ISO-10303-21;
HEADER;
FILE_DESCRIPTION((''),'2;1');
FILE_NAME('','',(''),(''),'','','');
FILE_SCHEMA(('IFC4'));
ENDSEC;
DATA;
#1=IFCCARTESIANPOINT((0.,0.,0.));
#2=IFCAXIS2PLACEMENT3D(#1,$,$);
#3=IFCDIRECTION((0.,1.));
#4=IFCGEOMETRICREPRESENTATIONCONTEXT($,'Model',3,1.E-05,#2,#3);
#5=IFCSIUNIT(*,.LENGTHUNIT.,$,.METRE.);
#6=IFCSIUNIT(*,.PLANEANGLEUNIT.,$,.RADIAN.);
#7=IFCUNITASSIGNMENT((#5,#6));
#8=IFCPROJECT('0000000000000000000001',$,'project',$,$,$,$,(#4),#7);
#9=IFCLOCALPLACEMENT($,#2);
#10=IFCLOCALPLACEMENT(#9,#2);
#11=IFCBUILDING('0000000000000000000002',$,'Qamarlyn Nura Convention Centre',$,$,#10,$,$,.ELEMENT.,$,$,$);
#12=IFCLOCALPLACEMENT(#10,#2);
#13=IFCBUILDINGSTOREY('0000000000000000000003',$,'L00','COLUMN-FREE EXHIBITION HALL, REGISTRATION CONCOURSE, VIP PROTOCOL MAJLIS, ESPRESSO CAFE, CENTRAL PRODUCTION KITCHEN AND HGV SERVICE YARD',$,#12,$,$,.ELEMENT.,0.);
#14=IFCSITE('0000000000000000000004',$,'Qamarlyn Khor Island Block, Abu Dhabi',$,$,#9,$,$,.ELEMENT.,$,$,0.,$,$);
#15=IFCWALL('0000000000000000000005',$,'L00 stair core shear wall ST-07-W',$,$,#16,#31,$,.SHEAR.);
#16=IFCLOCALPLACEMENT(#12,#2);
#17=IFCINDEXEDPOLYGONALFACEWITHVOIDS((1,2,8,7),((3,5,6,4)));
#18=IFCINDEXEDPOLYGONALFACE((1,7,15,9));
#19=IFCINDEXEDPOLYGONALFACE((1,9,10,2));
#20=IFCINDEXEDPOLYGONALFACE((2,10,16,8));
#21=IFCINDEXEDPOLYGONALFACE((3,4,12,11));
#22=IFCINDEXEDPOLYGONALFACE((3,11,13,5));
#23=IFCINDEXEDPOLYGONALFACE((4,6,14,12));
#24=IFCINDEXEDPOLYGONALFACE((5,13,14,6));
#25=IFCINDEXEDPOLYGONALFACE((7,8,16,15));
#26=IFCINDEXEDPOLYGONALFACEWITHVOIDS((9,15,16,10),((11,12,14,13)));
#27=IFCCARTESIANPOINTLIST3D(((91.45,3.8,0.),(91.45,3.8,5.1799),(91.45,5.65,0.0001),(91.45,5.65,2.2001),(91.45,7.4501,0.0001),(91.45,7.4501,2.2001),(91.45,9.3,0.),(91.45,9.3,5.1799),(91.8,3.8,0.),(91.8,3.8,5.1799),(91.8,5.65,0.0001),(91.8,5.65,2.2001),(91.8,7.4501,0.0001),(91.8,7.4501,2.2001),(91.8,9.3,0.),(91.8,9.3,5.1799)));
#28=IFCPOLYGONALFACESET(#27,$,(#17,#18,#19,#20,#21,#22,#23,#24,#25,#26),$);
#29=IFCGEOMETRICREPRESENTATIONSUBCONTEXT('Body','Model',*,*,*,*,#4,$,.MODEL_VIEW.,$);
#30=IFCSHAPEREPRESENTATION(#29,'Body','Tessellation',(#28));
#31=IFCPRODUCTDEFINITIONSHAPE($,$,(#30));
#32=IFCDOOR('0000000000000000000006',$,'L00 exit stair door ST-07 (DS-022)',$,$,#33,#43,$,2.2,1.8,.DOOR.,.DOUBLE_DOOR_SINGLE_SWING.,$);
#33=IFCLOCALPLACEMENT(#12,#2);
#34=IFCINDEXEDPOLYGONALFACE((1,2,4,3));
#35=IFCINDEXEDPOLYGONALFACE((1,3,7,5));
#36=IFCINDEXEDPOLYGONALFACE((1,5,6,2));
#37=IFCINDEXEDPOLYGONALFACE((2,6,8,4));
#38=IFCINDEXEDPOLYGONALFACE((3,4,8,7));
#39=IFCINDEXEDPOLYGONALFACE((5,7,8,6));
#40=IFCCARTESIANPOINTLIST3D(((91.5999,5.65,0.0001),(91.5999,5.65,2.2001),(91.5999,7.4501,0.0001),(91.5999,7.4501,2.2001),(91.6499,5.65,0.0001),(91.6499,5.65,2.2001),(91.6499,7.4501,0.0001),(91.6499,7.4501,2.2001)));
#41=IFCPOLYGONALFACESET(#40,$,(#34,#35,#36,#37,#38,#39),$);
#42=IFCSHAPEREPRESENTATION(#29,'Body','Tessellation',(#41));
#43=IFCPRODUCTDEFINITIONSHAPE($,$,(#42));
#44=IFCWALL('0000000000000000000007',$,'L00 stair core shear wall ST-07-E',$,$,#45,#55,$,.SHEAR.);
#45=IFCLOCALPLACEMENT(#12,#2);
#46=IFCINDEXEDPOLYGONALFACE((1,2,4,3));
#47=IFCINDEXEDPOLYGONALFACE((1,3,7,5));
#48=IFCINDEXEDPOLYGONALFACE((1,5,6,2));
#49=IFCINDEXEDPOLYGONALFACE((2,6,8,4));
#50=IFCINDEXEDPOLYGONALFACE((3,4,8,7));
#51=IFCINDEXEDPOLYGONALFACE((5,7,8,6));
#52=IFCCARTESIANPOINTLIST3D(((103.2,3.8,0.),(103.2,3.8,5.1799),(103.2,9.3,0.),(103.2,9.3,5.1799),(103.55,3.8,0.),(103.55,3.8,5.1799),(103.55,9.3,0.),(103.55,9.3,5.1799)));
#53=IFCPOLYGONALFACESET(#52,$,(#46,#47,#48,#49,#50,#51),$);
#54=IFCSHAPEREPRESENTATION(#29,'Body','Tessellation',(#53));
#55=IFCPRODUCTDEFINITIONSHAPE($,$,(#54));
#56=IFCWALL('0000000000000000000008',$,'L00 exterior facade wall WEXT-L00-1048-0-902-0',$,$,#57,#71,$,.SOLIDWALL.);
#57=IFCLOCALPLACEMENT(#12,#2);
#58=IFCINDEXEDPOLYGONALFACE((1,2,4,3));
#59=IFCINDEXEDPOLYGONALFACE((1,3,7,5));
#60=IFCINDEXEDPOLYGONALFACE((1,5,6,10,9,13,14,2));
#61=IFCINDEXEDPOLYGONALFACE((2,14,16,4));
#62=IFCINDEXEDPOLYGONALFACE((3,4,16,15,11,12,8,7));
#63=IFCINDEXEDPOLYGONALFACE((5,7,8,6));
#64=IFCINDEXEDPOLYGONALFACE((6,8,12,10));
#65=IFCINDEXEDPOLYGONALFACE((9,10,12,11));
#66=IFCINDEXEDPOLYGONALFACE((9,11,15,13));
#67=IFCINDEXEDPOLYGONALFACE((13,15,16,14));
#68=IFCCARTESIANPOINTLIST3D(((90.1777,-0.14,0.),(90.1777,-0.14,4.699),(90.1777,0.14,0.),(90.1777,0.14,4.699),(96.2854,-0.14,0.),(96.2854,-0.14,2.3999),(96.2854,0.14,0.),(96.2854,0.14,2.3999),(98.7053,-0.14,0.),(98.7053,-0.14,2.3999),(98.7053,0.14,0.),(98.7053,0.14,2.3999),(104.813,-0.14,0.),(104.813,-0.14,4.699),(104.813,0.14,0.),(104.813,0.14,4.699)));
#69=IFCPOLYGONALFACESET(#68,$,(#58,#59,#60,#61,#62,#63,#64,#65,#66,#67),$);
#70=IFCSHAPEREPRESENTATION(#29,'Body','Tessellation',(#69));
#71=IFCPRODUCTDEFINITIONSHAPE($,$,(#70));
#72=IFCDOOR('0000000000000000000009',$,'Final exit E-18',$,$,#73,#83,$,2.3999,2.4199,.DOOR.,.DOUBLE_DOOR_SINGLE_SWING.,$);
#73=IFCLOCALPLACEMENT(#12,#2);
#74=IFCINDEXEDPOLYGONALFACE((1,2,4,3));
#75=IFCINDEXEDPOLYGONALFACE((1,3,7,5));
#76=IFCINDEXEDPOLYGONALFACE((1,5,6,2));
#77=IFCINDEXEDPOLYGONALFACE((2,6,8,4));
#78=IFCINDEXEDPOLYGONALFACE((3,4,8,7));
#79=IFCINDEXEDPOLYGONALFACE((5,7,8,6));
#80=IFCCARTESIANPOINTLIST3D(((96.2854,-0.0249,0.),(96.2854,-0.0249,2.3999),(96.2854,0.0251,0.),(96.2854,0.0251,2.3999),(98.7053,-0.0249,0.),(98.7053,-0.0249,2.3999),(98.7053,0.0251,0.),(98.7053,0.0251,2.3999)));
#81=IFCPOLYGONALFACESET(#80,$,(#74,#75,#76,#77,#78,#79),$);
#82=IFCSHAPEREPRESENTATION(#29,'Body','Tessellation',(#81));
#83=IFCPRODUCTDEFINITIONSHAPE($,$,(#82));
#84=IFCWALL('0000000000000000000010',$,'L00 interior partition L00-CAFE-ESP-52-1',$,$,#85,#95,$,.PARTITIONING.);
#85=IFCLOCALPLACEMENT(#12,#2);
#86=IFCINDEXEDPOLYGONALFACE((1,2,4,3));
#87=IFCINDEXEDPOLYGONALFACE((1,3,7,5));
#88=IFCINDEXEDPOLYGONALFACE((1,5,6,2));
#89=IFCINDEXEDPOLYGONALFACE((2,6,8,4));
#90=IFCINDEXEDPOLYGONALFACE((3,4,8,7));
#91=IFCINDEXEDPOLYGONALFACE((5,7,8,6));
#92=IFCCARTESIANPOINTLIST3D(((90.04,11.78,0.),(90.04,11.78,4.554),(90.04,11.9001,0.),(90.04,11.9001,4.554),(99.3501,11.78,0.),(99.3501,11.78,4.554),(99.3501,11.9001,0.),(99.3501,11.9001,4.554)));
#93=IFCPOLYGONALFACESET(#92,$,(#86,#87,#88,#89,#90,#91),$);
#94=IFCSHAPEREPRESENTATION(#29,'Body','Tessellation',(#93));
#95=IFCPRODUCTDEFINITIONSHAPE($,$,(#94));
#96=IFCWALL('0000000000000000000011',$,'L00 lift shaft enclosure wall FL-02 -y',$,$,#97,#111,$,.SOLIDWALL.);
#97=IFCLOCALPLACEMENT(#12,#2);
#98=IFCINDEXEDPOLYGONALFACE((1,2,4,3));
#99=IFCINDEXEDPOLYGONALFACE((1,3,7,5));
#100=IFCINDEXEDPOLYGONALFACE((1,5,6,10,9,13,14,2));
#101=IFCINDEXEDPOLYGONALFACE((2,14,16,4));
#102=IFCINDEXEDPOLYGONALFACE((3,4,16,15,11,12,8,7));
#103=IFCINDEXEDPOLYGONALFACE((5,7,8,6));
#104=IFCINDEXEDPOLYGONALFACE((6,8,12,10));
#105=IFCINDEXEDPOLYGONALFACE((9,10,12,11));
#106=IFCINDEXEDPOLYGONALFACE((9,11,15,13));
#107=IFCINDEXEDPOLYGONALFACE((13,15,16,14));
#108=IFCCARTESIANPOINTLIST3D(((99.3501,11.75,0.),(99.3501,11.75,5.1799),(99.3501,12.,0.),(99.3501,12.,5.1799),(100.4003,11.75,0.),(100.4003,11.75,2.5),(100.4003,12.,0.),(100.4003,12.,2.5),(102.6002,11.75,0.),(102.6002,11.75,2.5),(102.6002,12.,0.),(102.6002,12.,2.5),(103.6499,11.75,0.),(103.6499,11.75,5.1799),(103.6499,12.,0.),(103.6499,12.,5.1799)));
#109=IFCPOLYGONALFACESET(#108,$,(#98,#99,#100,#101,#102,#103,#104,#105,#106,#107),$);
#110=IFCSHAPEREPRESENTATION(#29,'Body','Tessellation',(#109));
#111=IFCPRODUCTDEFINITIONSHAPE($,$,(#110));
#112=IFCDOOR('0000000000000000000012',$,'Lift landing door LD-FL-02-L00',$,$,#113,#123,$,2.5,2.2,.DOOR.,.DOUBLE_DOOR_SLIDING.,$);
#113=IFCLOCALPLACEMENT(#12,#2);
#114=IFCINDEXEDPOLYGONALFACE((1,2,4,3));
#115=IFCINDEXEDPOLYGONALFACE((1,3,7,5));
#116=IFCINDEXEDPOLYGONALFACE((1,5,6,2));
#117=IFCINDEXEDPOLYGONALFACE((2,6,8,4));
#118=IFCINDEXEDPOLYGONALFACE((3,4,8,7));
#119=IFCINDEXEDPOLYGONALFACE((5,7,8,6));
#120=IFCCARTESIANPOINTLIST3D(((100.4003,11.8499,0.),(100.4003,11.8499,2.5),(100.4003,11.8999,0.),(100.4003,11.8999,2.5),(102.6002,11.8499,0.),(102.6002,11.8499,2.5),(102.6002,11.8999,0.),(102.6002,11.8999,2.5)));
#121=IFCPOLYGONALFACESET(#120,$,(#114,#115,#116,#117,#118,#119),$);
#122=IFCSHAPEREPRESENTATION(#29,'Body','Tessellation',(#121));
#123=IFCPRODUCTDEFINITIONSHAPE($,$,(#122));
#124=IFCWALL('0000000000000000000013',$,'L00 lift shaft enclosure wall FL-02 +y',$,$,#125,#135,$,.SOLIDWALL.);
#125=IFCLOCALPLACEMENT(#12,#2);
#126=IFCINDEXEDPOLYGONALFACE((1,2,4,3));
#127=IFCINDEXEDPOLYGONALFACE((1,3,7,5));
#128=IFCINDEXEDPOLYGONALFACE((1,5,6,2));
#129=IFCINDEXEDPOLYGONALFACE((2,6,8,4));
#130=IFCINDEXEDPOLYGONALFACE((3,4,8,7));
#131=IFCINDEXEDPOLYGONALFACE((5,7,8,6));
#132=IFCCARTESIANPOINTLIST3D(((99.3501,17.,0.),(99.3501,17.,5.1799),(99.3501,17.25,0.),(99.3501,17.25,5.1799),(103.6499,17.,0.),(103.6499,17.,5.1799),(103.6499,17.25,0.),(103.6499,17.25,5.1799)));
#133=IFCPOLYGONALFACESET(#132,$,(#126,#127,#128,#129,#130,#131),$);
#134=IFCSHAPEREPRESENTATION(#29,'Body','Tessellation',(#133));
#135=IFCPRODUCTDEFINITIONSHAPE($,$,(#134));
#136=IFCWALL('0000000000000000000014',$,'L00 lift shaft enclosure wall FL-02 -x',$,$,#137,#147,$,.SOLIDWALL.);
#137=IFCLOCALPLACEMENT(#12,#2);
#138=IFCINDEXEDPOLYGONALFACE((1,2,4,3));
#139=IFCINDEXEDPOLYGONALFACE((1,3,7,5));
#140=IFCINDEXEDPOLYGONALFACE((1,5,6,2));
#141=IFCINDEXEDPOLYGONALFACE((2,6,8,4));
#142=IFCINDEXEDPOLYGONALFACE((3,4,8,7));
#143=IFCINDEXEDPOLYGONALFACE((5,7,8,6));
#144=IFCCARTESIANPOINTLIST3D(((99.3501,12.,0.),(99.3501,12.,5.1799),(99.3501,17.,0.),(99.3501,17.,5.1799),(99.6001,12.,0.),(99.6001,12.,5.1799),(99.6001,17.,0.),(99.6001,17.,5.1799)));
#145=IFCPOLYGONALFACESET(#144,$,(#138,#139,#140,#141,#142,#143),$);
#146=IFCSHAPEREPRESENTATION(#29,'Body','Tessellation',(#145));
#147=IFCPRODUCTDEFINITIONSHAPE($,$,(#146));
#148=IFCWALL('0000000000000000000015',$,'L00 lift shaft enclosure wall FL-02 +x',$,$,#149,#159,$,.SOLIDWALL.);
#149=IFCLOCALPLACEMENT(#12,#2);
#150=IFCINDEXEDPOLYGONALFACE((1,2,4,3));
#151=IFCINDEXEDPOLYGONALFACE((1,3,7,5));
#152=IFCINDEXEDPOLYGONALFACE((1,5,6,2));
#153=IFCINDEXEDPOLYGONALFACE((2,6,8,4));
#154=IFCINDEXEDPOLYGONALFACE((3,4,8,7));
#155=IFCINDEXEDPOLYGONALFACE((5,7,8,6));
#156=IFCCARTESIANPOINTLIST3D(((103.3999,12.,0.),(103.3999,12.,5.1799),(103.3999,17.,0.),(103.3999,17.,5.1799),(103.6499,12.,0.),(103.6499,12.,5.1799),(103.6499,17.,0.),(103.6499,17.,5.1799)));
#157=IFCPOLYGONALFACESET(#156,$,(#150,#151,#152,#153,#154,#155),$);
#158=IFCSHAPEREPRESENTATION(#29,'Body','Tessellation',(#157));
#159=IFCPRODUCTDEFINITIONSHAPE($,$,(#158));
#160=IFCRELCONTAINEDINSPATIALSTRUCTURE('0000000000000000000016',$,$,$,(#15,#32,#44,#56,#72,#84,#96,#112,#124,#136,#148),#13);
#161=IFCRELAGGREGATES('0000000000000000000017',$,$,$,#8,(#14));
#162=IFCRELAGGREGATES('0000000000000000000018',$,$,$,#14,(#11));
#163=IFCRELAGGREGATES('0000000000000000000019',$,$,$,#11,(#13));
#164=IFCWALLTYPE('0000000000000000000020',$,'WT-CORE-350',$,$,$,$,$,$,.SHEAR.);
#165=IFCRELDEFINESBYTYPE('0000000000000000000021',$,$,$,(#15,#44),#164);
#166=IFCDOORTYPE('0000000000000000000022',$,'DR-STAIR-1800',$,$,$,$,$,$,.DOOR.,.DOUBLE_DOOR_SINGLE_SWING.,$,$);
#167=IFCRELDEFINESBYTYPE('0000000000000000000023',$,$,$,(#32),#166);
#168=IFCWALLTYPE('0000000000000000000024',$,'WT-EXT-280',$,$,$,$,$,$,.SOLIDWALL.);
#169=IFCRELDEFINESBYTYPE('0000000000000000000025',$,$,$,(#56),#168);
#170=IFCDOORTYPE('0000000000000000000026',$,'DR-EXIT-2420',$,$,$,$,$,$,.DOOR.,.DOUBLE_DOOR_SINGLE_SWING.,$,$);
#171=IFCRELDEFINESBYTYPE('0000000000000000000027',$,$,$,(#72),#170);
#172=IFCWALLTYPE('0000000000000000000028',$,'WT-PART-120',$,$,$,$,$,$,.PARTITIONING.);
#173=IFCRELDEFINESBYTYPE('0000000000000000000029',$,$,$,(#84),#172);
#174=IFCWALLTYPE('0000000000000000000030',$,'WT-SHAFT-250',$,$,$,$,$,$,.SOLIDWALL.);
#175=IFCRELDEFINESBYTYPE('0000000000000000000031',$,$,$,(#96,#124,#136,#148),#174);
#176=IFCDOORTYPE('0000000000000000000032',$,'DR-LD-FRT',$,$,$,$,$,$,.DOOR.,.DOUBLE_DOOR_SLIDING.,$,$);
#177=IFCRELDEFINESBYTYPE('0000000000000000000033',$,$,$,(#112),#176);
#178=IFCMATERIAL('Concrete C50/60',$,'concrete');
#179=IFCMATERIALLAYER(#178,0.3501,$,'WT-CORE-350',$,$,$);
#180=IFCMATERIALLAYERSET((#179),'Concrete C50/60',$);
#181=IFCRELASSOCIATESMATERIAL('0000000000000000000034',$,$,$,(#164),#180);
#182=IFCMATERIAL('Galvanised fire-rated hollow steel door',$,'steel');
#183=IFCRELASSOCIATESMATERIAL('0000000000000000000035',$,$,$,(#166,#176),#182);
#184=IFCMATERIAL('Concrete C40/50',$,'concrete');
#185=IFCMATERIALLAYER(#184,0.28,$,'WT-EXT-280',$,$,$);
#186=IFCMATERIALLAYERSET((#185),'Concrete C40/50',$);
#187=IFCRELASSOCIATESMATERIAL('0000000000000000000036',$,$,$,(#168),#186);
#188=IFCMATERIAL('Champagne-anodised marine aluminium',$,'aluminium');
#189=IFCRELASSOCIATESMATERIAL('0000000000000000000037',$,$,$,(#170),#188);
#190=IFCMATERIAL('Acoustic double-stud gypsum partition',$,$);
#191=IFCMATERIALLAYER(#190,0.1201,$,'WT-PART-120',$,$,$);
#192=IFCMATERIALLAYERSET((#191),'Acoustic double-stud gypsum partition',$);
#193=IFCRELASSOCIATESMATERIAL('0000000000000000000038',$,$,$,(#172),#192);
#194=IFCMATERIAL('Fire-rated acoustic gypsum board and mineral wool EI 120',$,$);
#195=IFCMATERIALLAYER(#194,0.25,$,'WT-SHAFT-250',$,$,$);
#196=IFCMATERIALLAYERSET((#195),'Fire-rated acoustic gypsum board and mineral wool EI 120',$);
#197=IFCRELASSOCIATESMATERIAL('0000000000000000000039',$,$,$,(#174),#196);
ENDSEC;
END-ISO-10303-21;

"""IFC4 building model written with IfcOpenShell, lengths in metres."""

from ifc_helpers import new_model, si_unit, direction, frame, frame_2d, origin, place, context, subcontext, project, spatial, rectangle, extrude, material, layer, layer_set, type_object, element, fill, save


model = new_model("IFC4")

# Units and contexts
model_context = context("Model", 3, precision=1e-05, world=origin(), true_north=direction((0.0, 1.0)))
body_context = subcontext(model_context, "Body", "Model", "MODEL_VIEW")
ifc_project = project(units=[si_unit("LENGTHUNIT", "METRE"), si_unit("PLANEANGLEUNIT", "RADIAN")], contexts=[model_context])

# Site, building, storey
site_placement = place(None, origin())
site = spatial("IfcSite", under=ifc_project, at=site_placement, Name="Qamarlyn Khor Island Block, Abu Dhabi", CompositionType="ELEMENT", RefElevation=0.0)
building_placement = place(site_placement, origin())
building = spatial("IfcBuilding", under=site, at=building_placement, Name="Qamarlyn Nura Convention Centre", CompositionType="ELEMENT")
storey_placement = place(building_placement, origin())
storey = spatial("IfcBuildingStorey", under=building, at=storey_placement, Name="L00", Description="COLUMN-FREE EXHIBITION HALL, REGISTRATION CONCOURSE, VIP PROTOCOL MAJLIS, ESPRESSO CAFE, CENTRAL PRODUCTION KITCHEN AND HGV SERVICE YARD", CompositionType="ELEMENT", Elevation=0.0)

# Shared definitions
ifc_material_1 = material(Name="Concrete C50/60", Category="concrete")
ifc_layer_1 = layer(ifc_material_1, 0.3501, Name="WT-CORE-350")
ifc_layer_set_1 = layer_set([ifc_layer_1], Name="Concrete C50/60")
wall_type_1 = type_object("IfcWallType", Name="WT-CORE-350", PredefinedType="SHEAR", material=ifc_layer_set_1)

# Wall, opening, door
wall_1_placement = place(storey_placement, frame((91.625, 9.3, 0.0), z_axis=(0.0, 0.0, 1.0), x_axis=(0.0, -1.0, 0.0)))
wall_1 = element("IfcWall", 1, at=wall_1_placement, inside=storey, type_object=wall_type_1, Name="L00 stair core shear wall ST-07-W", PredefinedType="SHEAR", context=body_context, shape_type="SweptSolid", body=[
    extrude(rectangle(XDim=5.5, YDim=0.3501, at=frame_2d((2.75, 0.0))), origin(), (0.0, 0.0, 1.0), 5.1799),
])
opening_1_placement = place(wall_1_placement, frame((1.8501, 0.0, 0.0)))
opening_1 = element("IfcOpeningElement", 2, at=opening_1_placement, cuts=wall_1, PredefinedType="OPENING", context=body_context, shape_type="SweptSolid", body=[
    extrude(rectangle(XDim=1.8, YDim=2.2, at=frame_2d((0.8999, 1.1001))), frame((0.0, 0.1851, 0.0), z_axis=(0.0, -1.0, 0.0), x_axis=(1.0, 0.0, 0.0)), (0.0, 0.0, 1.0), 0.3701),
])
ifc_material_2 = material(Name="Galvanised fire-rated hollow steel door", Category="steel")
door_type_1 = type_object("IfcDoorType", Name="DR-STAIR-1800", OperationType="DOUBLE_DOOR_SINGLE_SWING", PredefinedType="DOOR", material=ifc_material_2)
door_1_placement = place(opening_1_placement, origin())
door_1 = element("IfcDoor", 3, at=door_1_placement, inside=storey, type_object=door_type_1, Name="L00 exit stair door ST-07 (DS-022)", OperationType="DOUBLE_DOOR_SINGLE_SWING", OverallHeight=2.2, OverallWidth=1.8, PredefinedType="DOOR", context=body_context, shape_type="SweptSolid", body=[
    extrude(rectangle(XDim=1.8, YDim=2.2, at=frame_2d((0.8999, 1.1001))), frame((0.0, 0.0249, 0.0), z_axis=(0.0, -1.0, 0.0), x_axis=(1.0, 0.0, 0.0)), (0.0, 0.0, 1.0), 0.05),
])
fill(opening_1, door_1)

# Wall
wall_2_placement = place(storey_placement, frame((103.375, 3.8, 0.0), z_axis=(0.0, 0.0, 1.0), x_axis=(0.0, 1.0, 0.0)))
element("IfcWall", 4, at=wall_2_placement, inside=storey, type_object=wall_type_1, Name="L00 stair core shear wall ST-07-E", PredefinedType="SHEAR", context=body_context, shape_type="SweptSolid", body=[
    extrude(rectangle(XDim=5.5, YDim=0.3501, at=frame_2d((2.75, 0.0))), origin(), (0.0, 0.0, 1.0), 5.1799),
])

# Wall, opening, door
ifc_material_3 = material(Name="Concrete C40/50", Category="concrete")
ifc_layer_2 = layer(ifc_material_3, 0.28, Name="WT-EXT-280")
ifc_layer_set_2 = layer_set([ifc_layer_2], Name="Concrete C40/50")
wall_type_2 = type_object("IfcWallType", Name="WT-EXT-280", PredefinedType="SOLIDWALL", material=ifc_layer_set_2)
wall_3_placement = place(storey_placement, frame((104.813, 0.0, 0.0), z_axis=(0.0, 0.0, 1.0), x_axis=(-1.0, 0.0, 0.0)))
wall_3 = element("IfcWall", 5, at=wall_3_placement, inside=storey, type_object=wall_type_2, Name="L00 exterior facade wall WEXT-L00-1048-0-902-0", PredefinedType="SOLIDWALL", context=body_context, shape_type="SweptSolid", body=[
    extrude(rectangle(XDim=14.6353, YDim=0.28, at=frame_2d((7.3176, 0.0))), origin(), (0.0, 0.0, 1.0), 4.699),
])
opening_2_placement = place(wall_3_placement, frame((6.1077, 0.0, 0.0)))
opening_2 = element("IfcOpeningElement", 6, at=opening_2_placement, cuts=wall_3, PredefinedType="OPENING", context=body_context, shape_type="SweptSolid", body=[
    extrude(rectangle(XDim=2.4199, YDim=2.3999, at=frame_2d((1.21, 1.2))), frame((0.0, 0.1499, 0.0), z_axis=(0.0, -1.0, 0.0), x_axis=(1.0, 0.0, 0.0)), (0.0, 0.0, 1.0), 0.3),
])
ifc_material_4 = material(Name="Champagne-anodised marine aluminium", Category="aluminium")
door_type_2 = type_object("IfcDoorType", Name="DR-EXIT-2420", OperationType="DOUBLE_DOOR_SINGLE_SWING", PredefinedType="DOOR", material=ifc_material_4)
door_2_placement = place(opening_2_placement, origin())
door_2 = element("IfcDoor", 7, at=door_2_placement, inside=storey, type_object=door_type_2, Name="Final exit E-18", OperationType="DOUBLE_DOOR_SINGLE_SWING", OverallHeight=2.3999, OverallWidth=2.4199, PredefinedType="DOOR", context=body_context, shape_type="SweptSolid", body=[
    extrude(rectangle(XDim=2.4199, YDim=2.3999, at=frame_2d((1.21, 1.2))), frame((0.0, 0.0249, 0.0), z_axis=(0.0, -1.0, 0.0), x_axis=(1.0, 0.0, 0.0)), (0.0, 0.0, 1.0), 0.05),
])
fill(opening_2, door_2)

# Wall
ifc_material_5 = material(Name="Acoustic double-stud gypsum partition")
ifc_layer_3 = layer(ifc_material_5, 0.1201, Name="WT-PART-120")
ifc_layer_set_3 = layer_set([ifc_layer_3], Name="Acoustic double-stud gypsum partition")
wall_type_3 = type_object("IfcWallType", Name="WT-PART-120", PredefinedType="PARTITIONING", material=ifc_layer_set_3)
wall_4_placement = place(storey_placement, frame((99.3501, 11.8401, 0.0), z_axis=(0.0, 0.0, 1.0), x_axis=(-1.0, 0.0, 0.0)))
element("IfcWall", 8, at=wall_4_placement, inside=storey, type_object=wall_type_3, Name="L00 interior partition L00-CAFE-ESP-52-1", PredefinedType="PARTITIONING", context=body_context, shape_type="SweptSolid", body=[
    extrude(rectangle(XDim=9.3101, YDim=0.1201, at=frame_2d((4.655, 0.0))), origin(), (0.0, 0.0, 1.0), 4.554),
])

# Wall, opening, door
ifc_material_6 = material(Name="Fire-rated acoustic gypsum board and mineral wool EI 120")
ifc_layer_4 = layer(ifc_material_6, 0.25, Name="WT-SHAFT-250")
ifc_layer_set_4 = layer_set([ifc_layer_4], Name="Fire-rated acoustic gypsum board and mineral wool EI 120")
wall_type_4 = type_object("IfcWallType", Name="WT-SHAFT-250", PredefinedType="SOLIDWALL", material=ifc_layer_set_4)
wall_5_placement = place(storey_placement, frame((99.3501, 11.875, 0.0), z_axis=(0.0, 0.0, 1.0), x_axis=(1.0, 0.0, 0.0)))
wall_5 = element("IfcWall", 9, at=wall_5_placement, inside=storey, type_object=wall_type_4, Name="L00 lift shaft enclosure wall FL-02 -y", PredefinedType="SOLIDWALL", context=body_context, shape_type="SweptSolid", body=[
    extrude(rectangle(XDim=4.2998, YDim=0.25, at=frame_2d((2.1499, 0.0))), origin(), (0.0, 0.0, 1.0), 5.1799),
])
opening_3_placement = place(wall_5_placement, frame((1.05, 0.0, 0.0)))
opening_3 = element("IfcOpeningElement", 10, at=opening_3_placement, cuts=wall_5, PredefinedType="OPENING", context=body_context, shape_type="SweptSolid", body=[
    extrude(rectangle(XDim=2.2, YDim=2.5, at=frame_2d((1.1001, 1.25))), frame((0.0, 0.135, 0.0), z_axis=(0.0, -1.0, 0.0), x_axis=(1.0, 0.0, 0.0)), (0.0, 0.0, 1.0), 0.27),
])
door_type_3 = type_object("IfcDoorType", Name="DR-LD-FRT", OperationType="DOUBLE_DOOR_SLIDING", PredefinedType="DOOR", material=ifc_material_2)
door_3_placement = place(opening_3_placement, origin())
door_3 = element("IfcDoor", 11, at=door_3_placement, inside=storey, type_object=door_type_3, Name="Lift landing door LD-FL-02-L00", OperationType="DOUBLE_DOOR_SLIDING", OverallHeight=2.5, OverallWidth=2.2, PredefinedType="DOOR", context=body_context, shape_type="SweptSolid", body=[
    extrude(rectangle(XDim=2.2, YDim=2.5, at=frame_2d((1.1001, 1.25))), frame((0.0, 0.0249, 0.0), z_axis=(0.0, -1.0, 0.0), x_axis=(1.0, 0.0, 0.0)), (0.0, 0.0, 1.0), 0.05),
])
fill(opening_3, door_3)

# Walls
wall_6_placement = place(storey_placement, frame((103.6499, 17.125, 0.0), z_axis=(0.0, 0.0, 1.0), x_axis=(-1.0, 0.0, 0.0)))
element("IfcWall", 12, at=wall_6_placement, inside=storey, type_object=wall_type_4, Name="L00 lift shaft enclosure wall FL-02 +y", PredefinedType="SOLIDWALL", context=body_context, shape_type="SweptSolid", body=[
    extrude(rectangle(XDim=4.2998, YDim=0.25, at=frame_2d((2.1499, 0.0))), origin(), (0.0, 0.0, 1.0), 5.1799),
])
for number, where, z_axis, x_axis, name in (
    (13, (99.4751, 17.0, 0.0), (0.0, 0.0, 1.0), (0.0, -1.0, 0.0), "L00 lift shaft enclosure wall FL-02 -x"),
    (14, (103.5249, 12.0, 0.0), (0.0, 0.0, 1.0), (0.0, 1.0, 0.0), "L00 lift shaft enclosure wall FL-02 +x"),
):
    element("IfcWall", number, at=place(storey_placement, frame(where, z_axis=z_axis, x_axis=x_axis)), inside=storey, type_object=wall_type_4, Name=name, PredefinedType="SOLIDWALL", context=body_context, shape_type="SweptSolid", body=[
        extrude(rectangle(XDim=5.0, YDim=0.25, at=frame_2d((2.5, 0.0))), origin(), (0.0, 0.0, 1.0), 5.1799),
    ])

save(model, "model.ifc")
